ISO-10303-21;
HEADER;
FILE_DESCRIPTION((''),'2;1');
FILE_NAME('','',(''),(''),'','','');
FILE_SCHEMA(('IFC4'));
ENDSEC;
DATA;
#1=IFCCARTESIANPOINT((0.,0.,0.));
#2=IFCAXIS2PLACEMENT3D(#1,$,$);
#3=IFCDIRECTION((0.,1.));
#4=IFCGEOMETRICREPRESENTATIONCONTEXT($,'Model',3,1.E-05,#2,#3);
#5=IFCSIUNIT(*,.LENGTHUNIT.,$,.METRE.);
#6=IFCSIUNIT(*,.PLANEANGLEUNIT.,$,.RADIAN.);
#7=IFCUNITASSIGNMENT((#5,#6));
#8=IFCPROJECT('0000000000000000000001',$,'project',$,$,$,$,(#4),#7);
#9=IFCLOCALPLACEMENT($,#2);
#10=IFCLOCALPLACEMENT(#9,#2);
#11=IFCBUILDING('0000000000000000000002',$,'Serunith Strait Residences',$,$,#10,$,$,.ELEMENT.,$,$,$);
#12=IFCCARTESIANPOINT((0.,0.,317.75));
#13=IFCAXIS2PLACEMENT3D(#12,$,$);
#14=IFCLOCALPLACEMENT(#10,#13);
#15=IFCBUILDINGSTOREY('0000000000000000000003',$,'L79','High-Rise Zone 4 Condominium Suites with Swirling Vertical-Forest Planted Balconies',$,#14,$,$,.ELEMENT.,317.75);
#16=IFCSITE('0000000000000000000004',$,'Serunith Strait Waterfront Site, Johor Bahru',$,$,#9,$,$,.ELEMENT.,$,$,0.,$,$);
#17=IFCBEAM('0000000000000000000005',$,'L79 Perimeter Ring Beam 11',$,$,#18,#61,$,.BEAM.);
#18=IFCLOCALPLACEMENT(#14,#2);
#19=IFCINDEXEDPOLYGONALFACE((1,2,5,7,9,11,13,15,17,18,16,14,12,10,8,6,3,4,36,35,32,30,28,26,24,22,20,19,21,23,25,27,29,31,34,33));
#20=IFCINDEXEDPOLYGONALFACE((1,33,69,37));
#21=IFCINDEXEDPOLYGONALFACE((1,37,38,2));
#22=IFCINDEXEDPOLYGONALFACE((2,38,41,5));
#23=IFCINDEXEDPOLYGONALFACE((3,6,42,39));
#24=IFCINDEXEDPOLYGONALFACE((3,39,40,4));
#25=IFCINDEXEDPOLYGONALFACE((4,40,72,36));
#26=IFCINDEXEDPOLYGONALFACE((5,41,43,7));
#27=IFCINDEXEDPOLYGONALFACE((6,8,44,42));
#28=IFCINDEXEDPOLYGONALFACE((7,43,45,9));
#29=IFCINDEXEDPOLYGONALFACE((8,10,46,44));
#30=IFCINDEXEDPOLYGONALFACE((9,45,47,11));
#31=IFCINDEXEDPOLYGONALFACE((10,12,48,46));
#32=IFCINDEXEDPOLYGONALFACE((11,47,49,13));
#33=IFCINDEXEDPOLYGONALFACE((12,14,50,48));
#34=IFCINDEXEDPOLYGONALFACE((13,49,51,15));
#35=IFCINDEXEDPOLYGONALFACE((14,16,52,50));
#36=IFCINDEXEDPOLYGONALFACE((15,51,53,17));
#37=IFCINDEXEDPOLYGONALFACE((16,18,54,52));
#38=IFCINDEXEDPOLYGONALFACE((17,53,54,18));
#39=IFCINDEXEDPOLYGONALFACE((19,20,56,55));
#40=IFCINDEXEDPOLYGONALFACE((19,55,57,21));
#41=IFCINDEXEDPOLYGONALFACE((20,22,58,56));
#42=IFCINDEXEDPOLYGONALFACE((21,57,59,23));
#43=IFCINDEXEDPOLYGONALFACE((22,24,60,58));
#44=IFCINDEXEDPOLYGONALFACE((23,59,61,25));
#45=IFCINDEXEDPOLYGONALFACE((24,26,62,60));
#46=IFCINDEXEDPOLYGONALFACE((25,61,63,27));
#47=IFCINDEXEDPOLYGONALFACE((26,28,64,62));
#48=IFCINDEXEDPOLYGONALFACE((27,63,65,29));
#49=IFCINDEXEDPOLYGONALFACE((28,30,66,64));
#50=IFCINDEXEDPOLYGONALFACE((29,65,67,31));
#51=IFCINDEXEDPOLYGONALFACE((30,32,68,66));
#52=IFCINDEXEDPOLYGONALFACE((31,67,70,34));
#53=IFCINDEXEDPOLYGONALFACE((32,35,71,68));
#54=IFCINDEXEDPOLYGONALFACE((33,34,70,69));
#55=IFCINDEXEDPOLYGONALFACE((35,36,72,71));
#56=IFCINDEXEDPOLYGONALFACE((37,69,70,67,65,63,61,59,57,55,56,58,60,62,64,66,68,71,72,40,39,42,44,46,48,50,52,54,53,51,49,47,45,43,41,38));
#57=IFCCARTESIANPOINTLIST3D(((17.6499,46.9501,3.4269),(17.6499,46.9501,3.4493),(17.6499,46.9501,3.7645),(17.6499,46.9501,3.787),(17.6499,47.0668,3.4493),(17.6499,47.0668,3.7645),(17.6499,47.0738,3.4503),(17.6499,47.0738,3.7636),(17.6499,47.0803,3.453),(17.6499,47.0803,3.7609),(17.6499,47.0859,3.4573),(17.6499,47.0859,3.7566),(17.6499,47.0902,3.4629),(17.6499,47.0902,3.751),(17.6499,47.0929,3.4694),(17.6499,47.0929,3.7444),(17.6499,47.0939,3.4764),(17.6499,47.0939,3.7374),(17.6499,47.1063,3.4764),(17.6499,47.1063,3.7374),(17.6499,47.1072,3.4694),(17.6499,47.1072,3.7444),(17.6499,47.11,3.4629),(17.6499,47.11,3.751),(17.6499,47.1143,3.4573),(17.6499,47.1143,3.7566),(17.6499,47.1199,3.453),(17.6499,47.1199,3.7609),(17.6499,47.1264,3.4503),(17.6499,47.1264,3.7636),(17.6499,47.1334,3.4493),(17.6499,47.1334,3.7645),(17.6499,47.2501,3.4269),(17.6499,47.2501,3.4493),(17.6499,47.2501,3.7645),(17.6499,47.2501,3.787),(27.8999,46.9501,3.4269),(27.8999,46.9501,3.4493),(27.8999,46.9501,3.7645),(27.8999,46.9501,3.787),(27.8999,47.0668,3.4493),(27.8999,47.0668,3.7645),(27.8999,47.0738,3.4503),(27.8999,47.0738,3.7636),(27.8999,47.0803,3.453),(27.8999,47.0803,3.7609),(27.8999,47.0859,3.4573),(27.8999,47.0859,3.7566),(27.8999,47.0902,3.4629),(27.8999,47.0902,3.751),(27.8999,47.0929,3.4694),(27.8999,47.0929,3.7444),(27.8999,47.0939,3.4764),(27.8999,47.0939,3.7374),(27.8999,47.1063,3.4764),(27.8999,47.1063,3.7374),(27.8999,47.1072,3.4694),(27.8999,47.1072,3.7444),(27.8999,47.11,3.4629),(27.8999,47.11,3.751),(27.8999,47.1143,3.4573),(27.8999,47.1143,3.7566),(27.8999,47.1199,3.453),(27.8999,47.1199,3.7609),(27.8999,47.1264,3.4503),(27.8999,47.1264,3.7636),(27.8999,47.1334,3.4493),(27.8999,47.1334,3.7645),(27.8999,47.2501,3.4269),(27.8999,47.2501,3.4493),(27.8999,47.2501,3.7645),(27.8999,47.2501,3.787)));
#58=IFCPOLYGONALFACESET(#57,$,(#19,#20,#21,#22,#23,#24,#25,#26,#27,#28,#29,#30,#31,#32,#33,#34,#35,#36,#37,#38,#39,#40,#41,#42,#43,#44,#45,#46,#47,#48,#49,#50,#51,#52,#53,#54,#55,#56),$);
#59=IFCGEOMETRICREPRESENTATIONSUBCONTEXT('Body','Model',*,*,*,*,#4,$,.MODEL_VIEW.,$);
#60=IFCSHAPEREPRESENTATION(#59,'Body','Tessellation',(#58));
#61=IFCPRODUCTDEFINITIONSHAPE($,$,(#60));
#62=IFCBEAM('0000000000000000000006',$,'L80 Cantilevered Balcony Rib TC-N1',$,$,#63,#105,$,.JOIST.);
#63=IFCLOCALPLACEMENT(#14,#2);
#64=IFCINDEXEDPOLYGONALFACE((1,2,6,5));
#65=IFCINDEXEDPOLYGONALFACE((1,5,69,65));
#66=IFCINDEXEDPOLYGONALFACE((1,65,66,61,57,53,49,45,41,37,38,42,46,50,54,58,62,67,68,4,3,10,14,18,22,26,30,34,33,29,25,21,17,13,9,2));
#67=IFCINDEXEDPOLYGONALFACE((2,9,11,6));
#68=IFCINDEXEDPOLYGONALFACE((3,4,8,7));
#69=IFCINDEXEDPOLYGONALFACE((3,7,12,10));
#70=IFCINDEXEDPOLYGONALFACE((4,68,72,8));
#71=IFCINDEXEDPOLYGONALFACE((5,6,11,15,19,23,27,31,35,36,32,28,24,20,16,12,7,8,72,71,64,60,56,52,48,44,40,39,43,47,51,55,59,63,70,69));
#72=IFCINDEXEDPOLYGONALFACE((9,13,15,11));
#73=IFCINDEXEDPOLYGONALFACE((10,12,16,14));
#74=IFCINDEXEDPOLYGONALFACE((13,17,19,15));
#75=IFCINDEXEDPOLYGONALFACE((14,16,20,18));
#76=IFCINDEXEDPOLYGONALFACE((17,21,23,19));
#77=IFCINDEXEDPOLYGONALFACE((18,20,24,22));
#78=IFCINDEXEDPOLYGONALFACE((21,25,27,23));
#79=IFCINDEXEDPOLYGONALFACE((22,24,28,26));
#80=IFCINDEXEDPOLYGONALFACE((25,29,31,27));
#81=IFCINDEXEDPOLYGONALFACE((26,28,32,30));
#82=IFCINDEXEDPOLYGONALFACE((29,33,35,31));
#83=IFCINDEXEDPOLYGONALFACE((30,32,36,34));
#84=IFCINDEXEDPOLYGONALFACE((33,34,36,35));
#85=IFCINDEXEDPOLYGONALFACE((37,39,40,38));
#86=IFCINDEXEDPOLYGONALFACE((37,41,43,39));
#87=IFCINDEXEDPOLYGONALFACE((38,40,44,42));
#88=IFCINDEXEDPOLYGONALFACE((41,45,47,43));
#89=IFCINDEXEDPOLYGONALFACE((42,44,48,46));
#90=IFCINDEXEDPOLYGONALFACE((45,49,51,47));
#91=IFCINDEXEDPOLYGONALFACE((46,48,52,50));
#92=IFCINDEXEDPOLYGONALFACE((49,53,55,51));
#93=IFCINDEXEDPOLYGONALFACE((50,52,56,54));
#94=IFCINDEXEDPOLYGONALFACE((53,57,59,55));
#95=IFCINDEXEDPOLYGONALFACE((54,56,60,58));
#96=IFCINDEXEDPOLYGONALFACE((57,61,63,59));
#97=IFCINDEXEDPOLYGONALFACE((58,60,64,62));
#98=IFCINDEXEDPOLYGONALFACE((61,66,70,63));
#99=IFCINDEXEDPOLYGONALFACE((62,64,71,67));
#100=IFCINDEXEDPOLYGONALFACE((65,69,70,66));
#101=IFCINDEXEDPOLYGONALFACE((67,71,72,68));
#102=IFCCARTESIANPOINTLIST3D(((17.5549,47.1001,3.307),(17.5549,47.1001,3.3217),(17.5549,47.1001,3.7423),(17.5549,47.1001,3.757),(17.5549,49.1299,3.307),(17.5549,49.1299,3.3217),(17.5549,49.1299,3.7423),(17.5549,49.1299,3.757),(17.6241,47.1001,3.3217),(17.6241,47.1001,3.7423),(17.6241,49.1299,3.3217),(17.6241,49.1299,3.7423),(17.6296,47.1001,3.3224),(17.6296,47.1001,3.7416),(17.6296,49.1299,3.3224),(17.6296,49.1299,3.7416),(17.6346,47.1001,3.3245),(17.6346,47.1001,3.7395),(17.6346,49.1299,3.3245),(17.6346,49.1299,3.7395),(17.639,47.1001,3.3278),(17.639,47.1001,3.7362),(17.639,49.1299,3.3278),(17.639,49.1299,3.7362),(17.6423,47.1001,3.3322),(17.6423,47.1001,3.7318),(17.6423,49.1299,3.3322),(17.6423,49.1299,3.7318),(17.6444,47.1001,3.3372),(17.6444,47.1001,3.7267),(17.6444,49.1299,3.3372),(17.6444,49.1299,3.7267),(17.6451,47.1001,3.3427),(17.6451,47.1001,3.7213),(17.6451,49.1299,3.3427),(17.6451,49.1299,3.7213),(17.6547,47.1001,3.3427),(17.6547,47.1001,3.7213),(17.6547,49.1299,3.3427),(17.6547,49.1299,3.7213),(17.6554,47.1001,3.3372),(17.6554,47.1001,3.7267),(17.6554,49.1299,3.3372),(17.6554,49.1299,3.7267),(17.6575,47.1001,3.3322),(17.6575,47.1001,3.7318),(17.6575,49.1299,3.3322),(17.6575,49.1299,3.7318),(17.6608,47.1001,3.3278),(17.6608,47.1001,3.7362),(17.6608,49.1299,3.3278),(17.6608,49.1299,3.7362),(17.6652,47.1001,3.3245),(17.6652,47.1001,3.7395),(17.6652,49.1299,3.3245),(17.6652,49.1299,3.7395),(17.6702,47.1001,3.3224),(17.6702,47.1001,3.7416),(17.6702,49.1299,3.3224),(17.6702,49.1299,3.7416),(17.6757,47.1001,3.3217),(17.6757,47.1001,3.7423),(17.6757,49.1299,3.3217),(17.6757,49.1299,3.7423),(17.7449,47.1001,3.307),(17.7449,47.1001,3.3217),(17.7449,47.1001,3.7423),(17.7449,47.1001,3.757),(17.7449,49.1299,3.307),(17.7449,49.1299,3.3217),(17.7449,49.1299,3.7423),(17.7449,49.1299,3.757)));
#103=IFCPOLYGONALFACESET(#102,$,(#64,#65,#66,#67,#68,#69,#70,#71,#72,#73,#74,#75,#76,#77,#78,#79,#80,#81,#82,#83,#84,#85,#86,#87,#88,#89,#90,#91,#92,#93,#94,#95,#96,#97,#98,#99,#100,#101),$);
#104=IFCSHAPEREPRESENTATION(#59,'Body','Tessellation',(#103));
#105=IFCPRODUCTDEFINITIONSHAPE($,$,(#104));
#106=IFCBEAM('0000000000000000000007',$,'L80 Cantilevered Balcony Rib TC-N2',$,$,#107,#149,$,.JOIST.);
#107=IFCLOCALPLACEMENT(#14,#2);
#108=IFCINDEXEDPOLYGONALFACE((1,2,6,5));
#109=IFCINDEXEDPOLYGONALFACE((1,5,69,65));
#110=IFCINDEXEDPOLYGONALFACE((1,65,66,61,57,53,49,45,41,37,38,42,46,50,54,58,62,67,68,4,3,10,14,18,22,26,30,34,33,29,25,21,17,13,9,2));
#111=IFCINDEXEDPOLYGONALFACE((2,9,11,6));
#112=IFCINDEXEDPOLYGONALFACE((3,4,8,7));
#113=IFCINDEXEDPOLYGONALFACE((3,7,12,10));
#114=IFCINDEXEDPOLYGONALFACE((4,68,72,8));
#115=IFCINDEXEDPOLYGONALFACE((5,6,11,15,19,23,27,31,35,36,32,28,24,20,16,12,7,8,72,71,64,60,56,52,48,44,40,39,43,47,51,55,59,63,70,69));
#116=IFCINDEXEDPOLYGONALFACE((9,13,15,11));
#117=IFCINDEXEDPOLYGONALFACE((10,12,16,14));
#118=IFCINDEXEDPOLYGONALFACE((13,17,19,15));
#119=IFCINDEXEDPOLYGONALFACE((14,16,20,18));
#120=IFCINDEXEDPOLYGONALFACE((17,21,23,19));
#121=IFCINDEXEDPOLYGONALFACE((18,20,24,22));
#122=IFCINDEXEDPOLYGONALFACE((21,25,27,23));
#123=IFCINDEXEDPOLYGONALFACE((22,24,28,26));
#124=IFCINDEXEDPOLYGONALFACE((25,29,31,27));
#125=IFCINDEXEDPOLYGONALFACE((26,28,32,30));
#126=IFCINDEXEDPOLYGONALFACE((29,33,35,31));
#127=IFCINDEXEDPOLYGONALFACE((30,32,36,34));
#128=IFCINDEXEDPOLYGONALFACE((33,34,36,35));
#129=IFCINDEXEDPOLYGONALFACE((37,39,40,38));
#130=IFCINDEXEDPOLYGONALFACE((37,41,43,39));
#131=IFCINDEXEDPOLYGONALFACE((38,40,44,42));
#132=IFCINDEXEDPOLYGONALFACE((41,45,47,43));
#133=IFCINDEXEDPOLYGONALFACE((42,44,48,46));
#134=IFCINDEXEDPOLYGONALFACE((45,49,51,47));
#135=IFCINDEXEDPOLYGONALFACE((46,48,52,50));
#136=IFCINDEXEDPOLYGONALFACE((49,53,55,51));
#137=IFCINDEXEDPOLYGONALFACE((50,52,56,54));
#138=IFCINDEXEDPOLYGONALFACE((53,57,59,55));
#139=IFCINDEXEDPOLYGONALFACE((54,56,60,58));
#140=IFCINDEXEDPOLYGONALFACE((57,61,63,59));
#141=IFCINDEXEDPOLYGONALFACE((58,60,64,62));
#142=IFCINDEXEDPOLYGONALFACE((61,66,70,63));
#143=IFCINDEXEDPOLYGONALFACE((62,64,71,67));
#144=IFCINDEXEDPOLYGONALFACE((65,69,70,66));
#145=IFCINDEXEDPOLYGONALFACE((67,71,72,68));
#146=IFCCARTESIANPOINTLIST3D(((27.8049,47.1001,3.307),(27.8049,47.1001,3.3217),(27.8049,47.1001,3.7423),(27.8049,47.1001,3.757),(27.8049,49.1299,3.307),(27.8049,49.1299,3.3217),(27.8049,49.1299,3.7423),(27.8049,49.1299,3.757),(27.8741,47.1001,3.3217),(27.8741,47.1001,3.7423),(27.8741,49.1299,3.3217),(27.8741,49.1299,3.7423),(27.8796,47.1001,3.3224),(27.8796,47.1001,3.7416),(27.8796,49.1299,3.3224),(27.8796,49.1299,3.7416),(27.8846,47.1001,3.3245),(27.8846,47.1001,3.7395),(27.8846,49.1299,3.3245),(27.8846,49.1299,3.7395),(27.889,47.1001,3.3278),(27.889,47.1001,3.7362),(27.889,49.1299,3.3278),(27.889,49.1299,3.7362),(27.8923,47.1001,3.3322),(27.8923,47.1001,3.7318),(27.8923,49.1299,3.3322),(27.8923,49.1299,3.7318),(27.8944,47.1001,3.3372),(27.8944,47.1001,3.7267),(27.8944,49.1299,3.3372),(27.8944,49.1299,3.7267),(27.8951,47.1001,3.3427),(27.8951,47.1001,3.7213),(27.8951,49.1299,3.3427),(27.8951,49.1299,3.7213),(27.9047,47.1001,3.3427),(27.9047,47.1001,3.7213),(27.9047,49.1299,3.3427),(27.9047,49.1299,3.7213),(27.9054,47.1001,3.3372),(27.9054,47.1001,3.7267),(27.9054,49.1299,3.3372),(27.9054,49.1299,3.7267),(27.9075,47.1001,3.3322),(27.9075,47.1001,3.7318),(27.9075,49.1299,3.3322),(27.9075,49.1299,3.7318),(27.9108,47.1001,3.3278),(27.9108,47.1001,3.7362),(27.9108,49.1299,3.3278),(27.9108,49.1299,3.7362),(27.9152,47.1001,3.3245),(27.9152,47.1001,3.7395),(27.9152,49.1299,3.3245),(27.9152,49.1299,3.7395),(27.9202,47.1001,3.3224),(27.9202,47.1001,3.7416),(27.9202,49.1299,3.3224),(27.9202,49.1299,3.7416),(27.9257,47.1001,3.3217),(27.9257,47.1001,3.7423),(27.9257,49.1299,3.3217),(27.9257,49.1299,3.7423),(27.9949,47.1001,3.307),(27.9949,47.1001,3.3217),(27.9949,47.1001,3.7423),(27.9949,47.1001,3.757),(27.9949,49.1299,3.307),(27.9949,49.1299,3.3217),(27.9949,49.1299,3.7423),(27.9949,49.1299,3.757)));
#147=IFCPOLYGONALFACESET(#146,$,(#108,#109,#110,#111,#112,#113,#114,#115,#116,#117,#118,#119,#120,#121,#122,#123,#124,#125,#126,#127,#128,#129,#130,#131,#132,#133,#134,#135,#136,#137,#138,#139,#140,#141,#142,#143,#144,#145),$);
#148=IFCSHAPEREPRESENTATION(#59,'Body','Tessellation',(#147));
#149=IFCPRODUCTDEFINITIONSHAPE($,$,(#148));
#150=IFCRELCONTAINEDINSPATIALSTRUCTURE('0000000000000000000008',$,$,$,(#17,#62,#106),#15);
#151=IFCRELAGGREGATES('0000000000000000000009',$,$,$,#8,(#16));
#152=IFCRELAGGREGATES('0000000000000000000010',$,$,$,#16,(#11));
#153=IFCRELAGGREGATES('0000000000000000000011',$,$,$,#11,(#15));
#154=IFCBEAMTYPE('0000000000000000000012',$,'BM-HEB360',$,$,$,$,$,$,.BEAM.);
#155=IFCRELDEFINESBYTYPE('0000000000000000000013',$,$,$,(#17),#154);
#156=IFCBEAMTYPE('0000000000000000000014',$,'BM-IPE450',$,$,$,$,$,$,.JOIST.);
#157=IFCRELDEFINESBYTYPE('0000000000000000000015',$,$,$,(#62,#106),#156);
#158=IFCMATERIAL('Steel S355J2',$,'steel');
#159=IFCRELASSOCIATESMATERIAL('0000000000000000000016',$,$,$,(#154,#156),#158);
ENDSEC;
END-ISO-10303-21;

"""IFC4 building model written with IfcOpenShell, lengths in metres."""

from ifc_helpers import new_model, si_unit, direction, frame, origin, origin_2d, place, context, subcontext, project, spatial, i_section, extrude, source, transform, mapped, material, material_profile, profile_set, type_object, element, save


model = new_model("IFC4")

# Units and contexts
model_context = context("Model", 3, precision=1e-05, world=origin(), true_north=direction((0.0, 1.0)))
body_context = subcontext(model_context, "Body", "Model", "MODEL_VIEW")
ifc_project = project(units=[si_unit("LENGTHUNIT", "METRE"), si_unit("PLANEANGLEUNIT", "RADIAN")], contexts=[model_context])

# Site, building, storey
site_placement = place(None, origin())
site = spatial("IfcSite", under=ifc_project, at=site_placement, Name="Serunith Strait Waterfront Site, Johor Bahru", CompositionType="ELEMENT", RefElevation=0.0)
building_placement = place(site_placement, origin())
building = spatial("IfcBuilding", under=site, at=building_placement, Name="Serunith Strait Residences", CompositionType="ELEMENT")
storey_placement = place(building_placement, frame((0.0, 0.0, 317.75)))
storey = spatial("IfcBuildingStorey", under=building, at=storey_placement, Name="L79", Description="High-Rise Zone 4 Condominium Suites with Swirling Vertical-Forest Planted Balconies", CompositionType="ELEMENT", Elevation=317.75)

# Beams
ifc_material_1 = material(Name="Steel S355J2", Category="steel")
ifc_material_profile_1 = material_profile(ifc_material_1, i_section(OverallWidth=0.3, OverallDepth=0.3601, WebThickness=0.0125, FlangeThickness=0.0225, FilletRadius=0.0271, at=origin_2d()), Name="HEB 360")
ifc_profile_set_1 = profile_set([ifc_material_profile_1], Name="Steel S355J2")
beam_type_1 = type_object("IfcBeamType", Name="BM-HEB360", PredefinedType="BEAM", material=ifc_profile_set_1)
shared_shape_1 = source(origin(), body_context, "Body", "SweptSolid", [
    extrude(i_section(OverallWidth=0.3, OverallDepth=0.3601, WebThickness=0.0125, FlangeThickness=0.0225, FilletRadius=0.0271, at=origin_2d()), origin(), (0.0, 0.0, 1.0), 10.25),
])
beam_1_placement = place(storey_placement, frame((27.8999, 47.1001, 3.6069), z_axis=(-1.0, 0.0, 0.0), x_axis=(0.0, -1.0, 0.0)))
element("IfcBeam", 1, at=beam_1_placement, inside=storey, type_object=beam_type_1, Name="L79 Perimeter Ring Beam 11", PredefinedType="BEAM", context=body_context, shape_type="MappedRepresentation", body=[
    mapped(shared_shape_1, transform((0.0, 0.0, 0.0), scale=1.0)),
])
ifc_material_profile_2 = material_profile(ifc_material_1, i_section(OverallWidth=0.1899, OverallDepth=0.45, WebThickness=0.0095, FlangeThickness=0.0146, FilletRadius=0.021, at=origin_2d()), Name="IPE 450")
ifc_profile_set_2 = profile_set([ifc_material_profile_2], Name="Steel S355J2")
beam_type_2 = type_object("IfcBeamType", Name="BM-IPE450", PredefinedType="JOIST", material=ifc_profile_set_2)
shared_shape_2 = source(origin(), body_context, "Body", "SweptSolid", [
    extrude(i_section(OverallWidth=0.1899, OverallDepth=0.45, WebThickness=0.0095, FlangeThickness=0.0146, FilletRadius=0.021, at=origin_2d()), origin(), (0.0, 0.0, 1.0), 2.0298),
])
for number, where, z_axis, x_axis, name in (
    (2, (17.6499, 47.1001, 3.532), (0.0, 1.0, 0.0), (-1.0, 0.0, 0.0), "L80 Cantilevered Balcony Rib TC-N1"),
    (3, (27.8999, 47.1001, 3.532), (0.0, 1.0, 0.0), (-1.0, 0.0, 0.0), "L80 Cantilevered Balcony Rib TC-N2"),
):
    element("IfcBeam", number, at=place(storey_placement, frame(where, z_axis=z_axis, x_axis=x_axis)), inside=storey, type_object=beam_type_2, Name=name, PredefinedType="JOIST", context=body_context, shape_type="MappedRepresentation", body=[
        mapped(shared_shape_2, transform((0.0, 0.0, 0.0), scale=1.0)),
    ])

save(model, "model.ifc")
